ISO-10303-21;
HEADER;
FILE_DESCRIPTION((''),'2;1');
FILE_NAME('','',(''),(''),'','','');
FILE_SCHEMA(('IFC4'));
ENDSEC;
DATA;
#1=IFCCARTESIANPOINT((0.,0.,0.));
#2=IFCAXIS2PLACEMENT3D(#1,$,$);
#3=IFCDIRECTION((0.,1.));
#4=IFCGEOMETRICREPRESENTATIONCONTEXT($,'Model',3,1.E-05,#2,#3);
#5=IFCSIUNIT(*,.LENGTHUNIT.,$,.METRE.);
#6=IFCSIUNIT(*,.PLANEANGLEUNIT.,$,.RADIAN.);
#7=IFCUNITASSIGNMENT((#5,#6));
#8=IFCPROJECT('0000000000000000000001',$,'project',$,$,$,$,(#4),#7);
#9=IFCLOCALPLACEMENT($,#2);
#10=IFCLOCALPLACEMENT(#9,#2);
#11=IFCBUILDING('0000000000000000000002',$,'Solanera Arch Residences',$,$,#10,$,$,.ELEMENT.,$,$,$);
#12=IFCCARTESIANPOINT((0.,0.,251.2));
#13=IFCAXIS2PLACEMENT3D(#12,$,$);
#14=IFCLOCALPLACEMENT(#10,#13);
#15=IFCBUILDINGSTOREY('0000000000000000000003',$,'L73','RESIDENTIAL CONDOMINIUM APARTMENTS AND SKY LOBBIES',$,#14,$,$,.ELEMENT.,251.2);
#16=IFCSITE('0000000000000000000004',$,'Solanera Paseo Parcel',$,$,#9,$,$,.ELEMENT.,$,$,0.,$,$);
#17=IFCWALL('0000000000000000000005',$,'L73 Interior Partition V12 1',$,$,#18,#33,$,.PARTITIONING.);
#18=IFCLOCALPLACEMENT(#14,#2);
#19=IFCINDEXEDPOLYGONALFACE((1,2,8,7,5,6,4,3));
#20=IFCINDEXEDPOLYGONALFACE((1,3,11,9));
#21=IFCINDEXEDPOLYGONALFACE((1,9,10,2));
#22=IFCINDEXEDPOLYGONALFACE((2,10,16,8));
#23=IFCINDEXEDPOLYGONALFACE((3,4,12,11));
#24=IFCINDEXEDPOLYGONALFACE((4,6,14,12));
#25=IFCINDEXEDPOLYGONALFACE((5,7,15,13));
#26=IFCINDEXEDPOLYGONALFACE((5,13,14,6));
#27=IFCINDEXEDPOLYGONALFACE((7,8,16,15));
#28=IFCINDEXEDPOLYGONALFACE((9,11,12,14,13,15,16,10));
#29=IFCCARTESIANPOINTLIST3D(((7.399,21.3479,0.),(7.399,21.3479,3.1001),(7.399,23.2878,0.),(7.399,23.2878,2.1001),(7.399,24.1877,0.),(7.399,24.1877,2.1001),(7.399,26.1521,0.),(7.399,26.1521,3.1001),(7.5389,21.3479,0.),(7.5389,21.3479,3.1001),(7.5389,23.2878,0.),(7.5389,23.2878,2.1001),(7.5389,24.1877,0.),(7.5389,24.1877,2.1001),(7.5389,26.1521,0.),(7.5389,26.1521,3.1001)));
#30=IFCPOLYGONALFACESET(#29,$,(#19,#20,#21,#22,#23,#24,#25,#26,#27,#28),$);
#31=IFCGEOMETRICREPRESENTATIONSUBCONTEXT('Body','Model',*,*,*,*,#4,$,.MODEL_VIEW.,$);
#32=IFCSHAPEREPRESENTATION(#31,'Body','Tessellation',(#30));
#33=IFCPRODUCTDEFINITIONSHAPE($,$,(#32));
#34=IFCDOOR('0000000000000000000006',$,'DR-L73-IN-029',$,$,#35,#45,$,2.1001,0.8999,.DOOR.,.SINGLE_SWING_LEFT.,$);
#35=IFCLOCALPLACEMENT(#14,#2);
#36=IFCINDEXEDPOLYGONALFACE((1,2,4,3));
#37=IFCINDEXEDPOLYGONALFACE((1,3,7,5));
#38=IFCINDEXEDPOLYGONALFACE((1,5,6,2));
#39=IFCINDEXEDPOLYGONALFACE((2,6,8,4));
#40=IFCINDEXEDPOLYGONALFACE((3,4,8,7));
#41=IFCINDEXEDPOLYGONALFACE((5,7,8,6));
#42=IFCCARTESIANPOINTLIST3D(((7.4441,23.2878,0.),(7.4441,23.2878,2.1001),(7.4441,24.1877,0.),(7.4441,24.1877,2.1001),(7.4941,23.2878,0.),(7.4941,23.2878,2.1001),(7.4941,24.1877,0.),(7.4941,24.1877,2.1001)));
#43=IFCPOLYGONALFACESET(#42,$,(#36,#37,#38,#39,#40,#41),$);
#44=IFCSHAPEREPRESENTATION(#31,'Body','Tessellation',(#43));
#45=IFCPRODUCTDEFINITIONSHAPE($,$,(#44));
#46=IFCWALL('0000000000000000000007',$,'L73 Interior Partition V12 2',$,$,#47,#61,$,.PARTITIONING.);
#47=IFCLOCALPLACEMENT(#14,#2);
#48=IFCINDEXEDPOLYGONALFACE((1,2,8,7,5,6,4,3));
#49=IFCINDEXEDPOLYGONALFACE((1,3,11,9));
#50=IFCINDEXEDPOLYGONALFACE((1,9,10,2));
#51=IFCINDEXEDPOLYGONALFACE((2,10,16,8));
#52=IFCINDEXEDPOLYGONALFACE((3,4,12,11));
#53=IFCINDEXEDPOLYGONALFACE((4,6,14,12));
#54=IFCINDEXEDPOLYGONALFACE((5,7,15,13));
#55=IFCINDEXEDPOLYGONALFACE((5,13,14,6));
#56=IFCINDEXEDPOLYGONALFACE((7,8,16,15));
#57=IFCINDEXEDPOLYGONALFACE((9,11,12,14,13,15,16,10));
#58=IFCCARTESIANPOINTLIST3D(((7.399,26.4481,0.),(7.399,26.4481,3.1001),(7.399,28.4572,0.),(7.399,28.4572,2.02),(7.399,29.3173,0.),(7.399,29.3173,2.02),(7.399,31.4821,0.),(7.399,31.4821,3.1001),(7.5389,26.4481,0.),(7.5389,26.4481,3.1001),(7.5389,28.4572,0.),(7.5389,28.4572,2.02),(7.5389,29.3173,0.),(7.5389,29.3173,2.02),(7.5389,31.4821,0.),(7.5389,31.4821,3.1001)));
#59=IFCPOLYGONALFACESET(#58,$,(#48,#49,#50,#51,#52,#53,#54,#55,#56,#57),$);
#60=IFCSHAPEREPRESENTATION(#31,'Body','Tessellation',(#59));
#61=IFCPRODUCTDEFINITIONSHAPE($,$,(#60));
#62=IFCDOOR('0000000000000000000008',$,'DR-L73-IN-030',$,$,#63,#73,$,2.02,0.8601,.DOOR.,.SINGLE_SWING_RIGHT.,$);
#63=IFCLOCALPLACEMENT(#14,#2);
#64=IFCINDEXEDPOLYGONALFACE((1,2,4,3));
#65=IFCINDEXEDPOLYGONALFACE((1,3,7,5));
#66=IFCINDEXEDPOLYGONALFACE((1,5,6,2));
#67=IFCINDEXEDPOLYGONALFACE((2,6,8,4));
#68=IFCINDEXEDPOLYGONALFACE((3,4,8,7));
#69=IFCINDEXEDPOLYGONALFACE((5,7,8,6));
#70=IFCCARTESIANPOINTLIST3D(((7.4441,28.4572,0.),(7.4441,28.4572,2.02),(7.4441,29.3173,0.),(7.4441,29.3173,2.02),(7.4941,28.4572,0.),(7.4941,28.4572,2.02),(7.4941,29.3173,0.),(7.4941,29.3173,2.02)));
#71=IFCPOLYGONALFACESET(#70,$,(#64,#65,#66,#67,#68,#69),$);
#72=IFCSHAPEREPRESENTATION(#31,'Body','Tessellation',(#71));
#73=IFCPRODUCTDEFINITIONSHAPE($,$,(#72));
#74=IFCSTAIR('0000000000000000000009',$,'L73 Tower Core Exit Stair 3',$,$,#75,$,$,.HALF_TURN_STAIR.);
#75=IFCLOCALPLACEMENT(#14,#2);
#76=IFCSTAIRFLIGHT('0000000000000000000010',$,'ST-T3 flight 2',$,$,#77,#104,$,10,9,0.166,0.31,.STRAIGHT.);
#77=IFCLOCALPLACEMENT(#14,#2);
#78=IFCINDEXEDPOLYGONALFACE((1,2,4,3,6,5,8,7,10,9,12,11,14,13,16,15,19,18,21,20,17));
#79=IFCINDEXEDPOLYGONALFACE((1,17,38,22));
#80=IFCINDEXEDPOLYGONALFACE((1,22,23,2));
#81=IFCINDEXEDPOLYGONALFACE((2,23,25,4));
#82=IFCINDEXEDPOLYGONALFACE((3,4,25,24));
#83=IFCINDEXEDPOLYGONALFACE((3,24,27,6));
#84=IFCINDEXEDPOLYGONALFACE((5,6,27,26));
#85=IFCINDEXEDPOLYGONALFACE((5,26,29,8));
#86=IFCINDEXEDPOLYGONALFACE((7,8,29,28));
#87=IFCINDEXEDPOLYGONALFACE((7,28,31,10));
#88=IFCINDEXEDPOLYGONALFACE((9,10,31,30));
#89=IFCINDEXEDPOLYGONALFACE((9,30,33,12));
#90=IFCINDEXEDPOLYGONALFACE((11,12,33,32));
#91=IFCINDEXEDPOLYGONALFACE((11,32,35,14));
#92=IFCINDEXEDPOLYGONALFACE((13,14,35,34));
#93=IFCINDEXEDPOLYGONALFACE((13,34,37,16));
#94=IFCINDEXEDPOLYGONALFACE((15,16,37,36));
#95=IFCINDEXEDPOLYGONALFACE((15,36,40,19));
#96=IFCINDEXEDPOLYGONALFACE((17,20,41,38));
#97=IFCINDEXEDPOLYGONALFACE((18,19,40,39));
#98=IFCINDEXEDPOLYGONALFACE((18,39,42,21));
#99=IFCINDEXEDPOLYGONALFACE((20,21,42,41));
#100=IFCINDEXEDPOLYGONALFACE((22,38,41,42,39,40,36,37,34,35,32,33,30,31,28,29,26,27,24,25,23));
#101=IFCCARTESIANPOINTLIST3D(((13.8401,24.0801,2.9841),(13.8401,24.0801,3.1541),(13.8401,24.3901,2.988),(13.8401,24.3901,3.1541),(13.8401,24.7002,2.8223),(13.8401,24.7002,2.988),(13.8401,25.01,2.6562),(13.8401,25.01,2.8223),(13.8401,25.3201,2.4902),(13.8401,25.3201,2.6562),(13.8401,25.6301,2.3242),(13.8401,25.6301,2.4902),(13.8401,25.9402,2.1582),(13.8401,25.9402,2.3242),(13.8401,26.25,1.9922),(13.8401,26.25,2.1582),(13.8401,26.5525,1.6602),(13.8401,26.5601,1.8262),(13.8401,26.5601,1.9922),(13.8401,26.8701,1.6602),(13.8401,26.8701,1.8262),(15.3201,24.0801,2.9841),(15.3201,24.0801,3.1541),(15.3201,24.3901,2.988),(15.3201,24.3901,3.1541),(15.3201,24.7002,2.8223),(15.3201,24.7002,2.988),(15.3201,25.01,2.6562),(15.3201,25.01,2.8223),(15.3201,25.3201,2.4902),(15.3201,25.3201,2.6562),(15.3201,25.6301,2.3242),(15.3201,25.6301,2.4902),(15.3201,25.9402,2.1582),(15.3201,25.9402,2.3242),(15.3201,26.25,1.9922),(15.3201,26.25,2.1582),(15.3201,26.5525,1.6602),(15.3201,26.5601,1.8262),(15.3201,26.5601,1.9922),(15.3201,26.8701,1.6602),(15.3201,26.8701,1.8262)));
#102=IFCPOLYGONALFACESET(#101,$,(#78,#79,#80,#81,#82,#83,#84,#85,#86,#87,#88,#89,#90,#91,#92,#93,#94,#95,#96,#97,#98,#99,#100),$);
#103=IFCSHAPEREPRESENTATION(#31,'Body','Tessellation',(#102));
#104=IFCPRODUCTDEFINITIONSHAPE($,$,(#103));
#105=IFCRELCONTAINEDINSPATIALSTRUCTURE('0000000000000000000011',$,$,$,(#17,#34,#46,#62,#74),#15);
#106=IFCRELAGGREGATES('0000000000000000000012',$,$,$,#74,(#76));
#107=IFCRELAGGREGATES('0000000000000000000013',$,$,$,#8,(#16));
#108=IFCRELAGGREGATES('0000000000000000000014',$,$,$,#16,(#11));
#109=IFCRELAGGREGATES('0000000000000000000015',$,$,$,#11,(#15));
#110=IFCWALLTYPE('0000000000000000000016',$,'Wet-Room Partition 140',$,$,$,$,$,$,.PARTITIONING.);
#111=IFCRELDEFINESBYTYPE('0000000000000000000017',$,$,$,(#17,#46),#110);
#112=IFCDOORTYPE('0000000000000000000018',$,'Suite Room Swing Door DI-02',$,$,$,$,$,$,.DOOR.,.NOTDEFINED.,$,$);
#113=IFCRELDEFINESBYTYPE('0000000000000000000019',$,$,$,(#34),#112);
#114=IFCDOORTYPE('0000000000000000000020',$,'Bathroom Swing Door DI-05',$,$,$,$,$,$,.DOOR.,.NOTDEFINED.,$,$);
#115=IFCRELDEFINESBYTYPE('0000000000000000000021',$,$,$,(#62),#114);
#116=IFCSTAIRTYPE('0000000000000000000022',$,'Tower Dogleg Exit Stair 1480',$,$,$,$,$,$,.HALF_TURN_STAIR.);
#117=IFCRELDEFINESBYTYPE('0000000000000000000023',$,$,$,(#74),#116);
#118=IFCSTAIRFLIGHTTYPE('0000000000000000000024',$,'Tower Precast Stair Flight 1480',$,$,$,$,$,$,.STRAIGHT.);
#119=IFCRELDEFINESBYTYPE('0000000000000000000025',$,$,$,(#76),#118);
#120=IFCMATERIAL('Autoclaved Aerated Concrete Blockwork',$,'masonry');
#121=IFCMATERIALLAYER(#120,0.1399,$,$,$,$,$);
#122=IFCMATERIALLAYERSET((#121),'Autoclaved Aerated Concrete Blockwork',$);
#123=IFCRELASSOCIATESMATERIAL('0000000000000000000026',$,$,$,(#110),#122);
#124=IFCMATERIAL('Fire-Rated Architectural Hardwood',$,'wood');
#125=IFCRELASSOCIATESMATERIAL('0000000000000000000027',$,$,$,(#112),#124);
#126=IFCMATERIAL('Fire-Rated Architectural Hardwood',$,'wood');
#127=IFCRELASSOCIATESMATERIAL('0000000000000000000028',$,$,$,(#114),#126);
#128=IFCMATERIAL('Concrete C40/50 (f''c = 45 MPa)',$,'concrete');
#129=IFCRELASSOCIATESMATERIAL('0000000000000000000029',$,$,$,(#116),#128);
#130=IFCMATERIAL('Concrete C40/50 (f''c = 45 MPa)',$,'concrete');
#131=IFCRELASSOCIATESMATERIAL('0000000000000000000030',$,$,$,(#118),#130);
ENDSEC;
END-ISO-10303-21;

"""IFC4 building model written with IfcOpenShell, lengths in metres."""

from ifc_helpers import new_model, si_unit, direction, frame, frame_2d, origin, place, context, subcontext, project, spatial, polyline, rectangle, outline, extrude, material, layer, layer_set, type_object, element, fill, aggregate, save


model = new_model("IFC4")

# Units and contexts
model_context = context("Model", 3, precision=1e-05, world=origin(), true_north=direction((0.0, 1.0)))
body_context = subcontext(model_context, "Body", "Model", "MODEL_VIEW")
ifc_project = project(units=[si_unit("LENGTHUNIT", "METRE"), si_unit("PLANEANGLEUNIT", "RADIAN")], contexts=[model_context])

# Site, building, storey
site_placement = place(None, origin())
site = spatial("IfcSite", under=ifc_project, at=site_placement, Name="Solanera Paseo Parcel", CompositionType="ELEMENT", RefElevation=0.0)
building_placement = place(site_placement, origin())
building = spatial("IfcBuilding", under=site, at=building_placement, Name="Solanera Arch Residences", CompositionType="ELEMENT")
storey_placement = place(building_placement, frame((0.0, 0.0, 251.2)))
storey = spatial("IfcBuildingStorey", under=building, at=storey_placement, Name="L73", Description="RESIDENTIAL CONDOMINIUM APARTMENTS AND SKY LOBBIES", CompositionType="ELEMENT", Elevation=251.2)

# Shared definitions
ifc_material_1 = material(Name="Autoclaved Aerated Concrete Blockwork", Category="masonry")
ifc_layer_1 = layer(ifc_material_1, 0.1399)
ifc_layer_set_1 = layer_set([ifc_layer_1], Name="Autoclaved Aerated Concrete Blockwork")
wall_type_1 = type_object("IfcWallType", Name="Wet-Room Partition 140", PredefinedType="PARTITIONING", material=ifc_layer_set_1)

# Walls, openings, doors
wall_1_placement = place(storey_placement, frame((7.469, 21.3479, 0.0), z_axis=(0.0, 0.0, 1.0), x_axis=(0.0, 1.0, 0.0)))
wall_1 = element("IfcWall", 1, at=wall_1_placement, inside=storey, type_object=wall_type_1, Name="L73 Interior Partition V12 1", PredefinedType="PARTITIONING", context=body_context, shape_type="SweptSolid", body=[
    extrude(rectangle(XDim=4.8042, YDim=0.1399, at=frame_2d((2.4021, 0.0))), origin(), (0.0, 0.0, 1.0), 3.1001),
])
opening_1_placement = place(wall_1_placement, frame((1.9399, 0.0, 0.0)))
opening_1 = element("IfcOpeningElement", 2, at=opening_1_placement, cuts=wall_1, PredefinedType="OPENING", context=body_context, shape_type="SweptSolid", body=[
    extrude(rectangle(XDim=0.8999, YDim=2.1001, at=frame_2d((0.45, 1.05))), frame((0.0, 0.0798, 0.0), z_axis=(0.0, -1.0, 0.0), x_axis=(1.0, 0.0, 0.0)), (0.0, 0.0, 1.0), 0.1599),
])
ifc_material_2 = material(Name="Fire-Rated Architectural Hardwood", Category="wood")
door_type_1 = type_object("IfcDoorType", Name="Suite Room Swing Door DI-02", OperationType="NOTDEFINED", PredefinedType="DOOR", material=ifc_material_2)
door_1_placement = place(opening_1_placement, origin())
door_1 = element("IfcDoor", 3, at=door_1_placement, inside=storey, type_object=door_type_1, Name="DR-L73-IN-029", OperationType="SINGLE_SWING_LEFT", OverallHeight=2.1001, OverallWidth=0.8999, PredefinedType="DOOR", context=body_context, shape_type="SweptSolid", body=[
    extrude(rectangle(XDim=0.8999, YDim=2.1001, at=frame_2d((0.45, 1.05))), frame((0.0, 0.0249, 0.0), z_axis=(0.0, -1.0, 0.0), x_axis=(1.0, 0.0, 0.0)), (0.0, 0.0, 1.0), 0.05),
])
fill(opening_1, door_1)
wall_2_placement = place(storey_placement, frame((7.469, 26.448, 0.0), z_axis=(0.0, 0.0, 1.0), x_axis=(0.0, 1.0, 0.0)))
wall_2 = element("IfcWall", 4, at=wall_2_placement, inside=storey, type_object=wall_type_1, Name="L73 Interior Partition V12 2", PredefinedType="PARTITIONING", context=body_context, shape_type="SweptSolid", body=[
    extrude(rectangle(XDim=5.0339, YDim=0.1399, at=frame_2d((2.5171, 0.0))), origin(), (0.0, 0.0, 1.0), 3.1001),
])
opening_2_placement = place(wall_2_placement, frame((2.009, 0.0, 0.0)))
opening_2 = element("IfcOpeningElement", 5, at=opening_2_placement, cuts=wall_2, PredefinedType="OPENING", context=body_context, shape_type="SweptSolid", body=[
    extrude(rectangle(XDim=0.8601, YDim=2.02, at=frame_2d((0.4302, 1.01))), frame((0.0, 0.0798, 0.0), z_axis=(0.0, -1.0, 0.0), x_axis=(1.0, 0.0, 0.0)), (0.0, 0.0, 1.0), 0.1599),
])
ifc_material_3 = material(Name="Fire-Rated Architectural Hardwood", Category="wood")
door_type_2 = type_object("IfcDoorType", Name="Bathroom Swing Door DI-05", OperationType="NOTDEFINED", PredefinedType="DOOR", material=ifc_material_3)
door_2_placement = place(opening_2_placement, origin())
door_2 = element("IfcDoor", 6, at=door_2_placement, inside=storey, type_object=door_type_2, Name="DR-L73-IN-030", OperationType="SINGLE_SWING_RIGHT", OverallHeight=2.02, OverallWidth=0.8601, PredefinedType="DOOR", context=body_context, shape_type="SweptSolid", body=[
    extrude(rectangle(XDim=0.8601, YDim=2.02, at=frame_2d((0.4302, 1.01))), frame((0.0, 0.0249, 0.0), z_axis=(0.0, -1.0, 0.0), x_axis=(1.0, 0.0, 0.0)), (0.0, 0.0, 1.0), 0.05),
])
fill(opening_2, door_2)

# Stair, stair flight
ifc_material_4 = material(Name="Concrete C40/50 (f'c = 45 MPa)", Category="concrete")
stair_type = type_object("IfcStairType", Name="Tower Dogleg Exit Stair 1480", PredefinedType="HALF_TURN_STAIR", material=ifc_material_4)
stair_placement = place(storey_placement, origin())
stair = element("IfcStair", 7, at=stair_placement, inside=storey, type_object=stair_type, Name="L73 Tower Core Exit Stair 3", PredefinedType="HALF_TURN_STAIR")
ifc_material_5 = material(Name="Concrete C40/50 (f'c = 45 MPa)", Category="concrete")
stair_flight_type = type_object("IfcStairFlightType", Name="Tower Precast Stair Flight 1480", PredefinedType="STRAIGHT", material=ifc_material_5)
stair_flight_placement = place(storey_placement, frame((14.5801, 26.8701, 1.6602), z_axis=(0.0, 0.0, 1.0), x_axis=(0.0, -1.0, 0.0)))
stair_flight = element("IfcStairFlight", 8, at=stair_flight_placement, type_object=stair_flight_type, Name="ST-T3 flight 2", NumberOfRisers=10, NumberOfTreads=9, PredefinedType="STRAIGHT", RiserHeight=0.166, TreadLength=0.31, context=body_context, shape_type="SweptSolid", body=[
    extrude(outline(polyline([(0.0, 0.0), (0.0, 0.166), (0.3101, 0.166), (0.3101, 0.332), (0.6201, 0.332), (0.6201, 0.498), (0.9299, 0.498), (0.9299, 0.6641), (1.24, 0.6641), (1.24, 0.8301), (1.55, 0.8301), (1.55, 0.9961), (1.8601, 0.9961), (1.8601, 1.1621), (2.1699, 1.1621), (2.1699, 1.3279), (2.48, 1.3279), (2.48, 1.4939), (2.79, 1.4939), (2.79, 1.6599), (2.79, 1.324), (0.3176, 0.0), (0.0, 0.0)])), frame((0.0, 0.74, 0.0), z_axis=(0.0, -1.0, 0.0), x_axis=(1.0, 0.0, 0.0)), (0.0, 0.0, 1.0), 1.48),
])
aggregate(stair, [stair_flight])

save(model, "model.ifc")
